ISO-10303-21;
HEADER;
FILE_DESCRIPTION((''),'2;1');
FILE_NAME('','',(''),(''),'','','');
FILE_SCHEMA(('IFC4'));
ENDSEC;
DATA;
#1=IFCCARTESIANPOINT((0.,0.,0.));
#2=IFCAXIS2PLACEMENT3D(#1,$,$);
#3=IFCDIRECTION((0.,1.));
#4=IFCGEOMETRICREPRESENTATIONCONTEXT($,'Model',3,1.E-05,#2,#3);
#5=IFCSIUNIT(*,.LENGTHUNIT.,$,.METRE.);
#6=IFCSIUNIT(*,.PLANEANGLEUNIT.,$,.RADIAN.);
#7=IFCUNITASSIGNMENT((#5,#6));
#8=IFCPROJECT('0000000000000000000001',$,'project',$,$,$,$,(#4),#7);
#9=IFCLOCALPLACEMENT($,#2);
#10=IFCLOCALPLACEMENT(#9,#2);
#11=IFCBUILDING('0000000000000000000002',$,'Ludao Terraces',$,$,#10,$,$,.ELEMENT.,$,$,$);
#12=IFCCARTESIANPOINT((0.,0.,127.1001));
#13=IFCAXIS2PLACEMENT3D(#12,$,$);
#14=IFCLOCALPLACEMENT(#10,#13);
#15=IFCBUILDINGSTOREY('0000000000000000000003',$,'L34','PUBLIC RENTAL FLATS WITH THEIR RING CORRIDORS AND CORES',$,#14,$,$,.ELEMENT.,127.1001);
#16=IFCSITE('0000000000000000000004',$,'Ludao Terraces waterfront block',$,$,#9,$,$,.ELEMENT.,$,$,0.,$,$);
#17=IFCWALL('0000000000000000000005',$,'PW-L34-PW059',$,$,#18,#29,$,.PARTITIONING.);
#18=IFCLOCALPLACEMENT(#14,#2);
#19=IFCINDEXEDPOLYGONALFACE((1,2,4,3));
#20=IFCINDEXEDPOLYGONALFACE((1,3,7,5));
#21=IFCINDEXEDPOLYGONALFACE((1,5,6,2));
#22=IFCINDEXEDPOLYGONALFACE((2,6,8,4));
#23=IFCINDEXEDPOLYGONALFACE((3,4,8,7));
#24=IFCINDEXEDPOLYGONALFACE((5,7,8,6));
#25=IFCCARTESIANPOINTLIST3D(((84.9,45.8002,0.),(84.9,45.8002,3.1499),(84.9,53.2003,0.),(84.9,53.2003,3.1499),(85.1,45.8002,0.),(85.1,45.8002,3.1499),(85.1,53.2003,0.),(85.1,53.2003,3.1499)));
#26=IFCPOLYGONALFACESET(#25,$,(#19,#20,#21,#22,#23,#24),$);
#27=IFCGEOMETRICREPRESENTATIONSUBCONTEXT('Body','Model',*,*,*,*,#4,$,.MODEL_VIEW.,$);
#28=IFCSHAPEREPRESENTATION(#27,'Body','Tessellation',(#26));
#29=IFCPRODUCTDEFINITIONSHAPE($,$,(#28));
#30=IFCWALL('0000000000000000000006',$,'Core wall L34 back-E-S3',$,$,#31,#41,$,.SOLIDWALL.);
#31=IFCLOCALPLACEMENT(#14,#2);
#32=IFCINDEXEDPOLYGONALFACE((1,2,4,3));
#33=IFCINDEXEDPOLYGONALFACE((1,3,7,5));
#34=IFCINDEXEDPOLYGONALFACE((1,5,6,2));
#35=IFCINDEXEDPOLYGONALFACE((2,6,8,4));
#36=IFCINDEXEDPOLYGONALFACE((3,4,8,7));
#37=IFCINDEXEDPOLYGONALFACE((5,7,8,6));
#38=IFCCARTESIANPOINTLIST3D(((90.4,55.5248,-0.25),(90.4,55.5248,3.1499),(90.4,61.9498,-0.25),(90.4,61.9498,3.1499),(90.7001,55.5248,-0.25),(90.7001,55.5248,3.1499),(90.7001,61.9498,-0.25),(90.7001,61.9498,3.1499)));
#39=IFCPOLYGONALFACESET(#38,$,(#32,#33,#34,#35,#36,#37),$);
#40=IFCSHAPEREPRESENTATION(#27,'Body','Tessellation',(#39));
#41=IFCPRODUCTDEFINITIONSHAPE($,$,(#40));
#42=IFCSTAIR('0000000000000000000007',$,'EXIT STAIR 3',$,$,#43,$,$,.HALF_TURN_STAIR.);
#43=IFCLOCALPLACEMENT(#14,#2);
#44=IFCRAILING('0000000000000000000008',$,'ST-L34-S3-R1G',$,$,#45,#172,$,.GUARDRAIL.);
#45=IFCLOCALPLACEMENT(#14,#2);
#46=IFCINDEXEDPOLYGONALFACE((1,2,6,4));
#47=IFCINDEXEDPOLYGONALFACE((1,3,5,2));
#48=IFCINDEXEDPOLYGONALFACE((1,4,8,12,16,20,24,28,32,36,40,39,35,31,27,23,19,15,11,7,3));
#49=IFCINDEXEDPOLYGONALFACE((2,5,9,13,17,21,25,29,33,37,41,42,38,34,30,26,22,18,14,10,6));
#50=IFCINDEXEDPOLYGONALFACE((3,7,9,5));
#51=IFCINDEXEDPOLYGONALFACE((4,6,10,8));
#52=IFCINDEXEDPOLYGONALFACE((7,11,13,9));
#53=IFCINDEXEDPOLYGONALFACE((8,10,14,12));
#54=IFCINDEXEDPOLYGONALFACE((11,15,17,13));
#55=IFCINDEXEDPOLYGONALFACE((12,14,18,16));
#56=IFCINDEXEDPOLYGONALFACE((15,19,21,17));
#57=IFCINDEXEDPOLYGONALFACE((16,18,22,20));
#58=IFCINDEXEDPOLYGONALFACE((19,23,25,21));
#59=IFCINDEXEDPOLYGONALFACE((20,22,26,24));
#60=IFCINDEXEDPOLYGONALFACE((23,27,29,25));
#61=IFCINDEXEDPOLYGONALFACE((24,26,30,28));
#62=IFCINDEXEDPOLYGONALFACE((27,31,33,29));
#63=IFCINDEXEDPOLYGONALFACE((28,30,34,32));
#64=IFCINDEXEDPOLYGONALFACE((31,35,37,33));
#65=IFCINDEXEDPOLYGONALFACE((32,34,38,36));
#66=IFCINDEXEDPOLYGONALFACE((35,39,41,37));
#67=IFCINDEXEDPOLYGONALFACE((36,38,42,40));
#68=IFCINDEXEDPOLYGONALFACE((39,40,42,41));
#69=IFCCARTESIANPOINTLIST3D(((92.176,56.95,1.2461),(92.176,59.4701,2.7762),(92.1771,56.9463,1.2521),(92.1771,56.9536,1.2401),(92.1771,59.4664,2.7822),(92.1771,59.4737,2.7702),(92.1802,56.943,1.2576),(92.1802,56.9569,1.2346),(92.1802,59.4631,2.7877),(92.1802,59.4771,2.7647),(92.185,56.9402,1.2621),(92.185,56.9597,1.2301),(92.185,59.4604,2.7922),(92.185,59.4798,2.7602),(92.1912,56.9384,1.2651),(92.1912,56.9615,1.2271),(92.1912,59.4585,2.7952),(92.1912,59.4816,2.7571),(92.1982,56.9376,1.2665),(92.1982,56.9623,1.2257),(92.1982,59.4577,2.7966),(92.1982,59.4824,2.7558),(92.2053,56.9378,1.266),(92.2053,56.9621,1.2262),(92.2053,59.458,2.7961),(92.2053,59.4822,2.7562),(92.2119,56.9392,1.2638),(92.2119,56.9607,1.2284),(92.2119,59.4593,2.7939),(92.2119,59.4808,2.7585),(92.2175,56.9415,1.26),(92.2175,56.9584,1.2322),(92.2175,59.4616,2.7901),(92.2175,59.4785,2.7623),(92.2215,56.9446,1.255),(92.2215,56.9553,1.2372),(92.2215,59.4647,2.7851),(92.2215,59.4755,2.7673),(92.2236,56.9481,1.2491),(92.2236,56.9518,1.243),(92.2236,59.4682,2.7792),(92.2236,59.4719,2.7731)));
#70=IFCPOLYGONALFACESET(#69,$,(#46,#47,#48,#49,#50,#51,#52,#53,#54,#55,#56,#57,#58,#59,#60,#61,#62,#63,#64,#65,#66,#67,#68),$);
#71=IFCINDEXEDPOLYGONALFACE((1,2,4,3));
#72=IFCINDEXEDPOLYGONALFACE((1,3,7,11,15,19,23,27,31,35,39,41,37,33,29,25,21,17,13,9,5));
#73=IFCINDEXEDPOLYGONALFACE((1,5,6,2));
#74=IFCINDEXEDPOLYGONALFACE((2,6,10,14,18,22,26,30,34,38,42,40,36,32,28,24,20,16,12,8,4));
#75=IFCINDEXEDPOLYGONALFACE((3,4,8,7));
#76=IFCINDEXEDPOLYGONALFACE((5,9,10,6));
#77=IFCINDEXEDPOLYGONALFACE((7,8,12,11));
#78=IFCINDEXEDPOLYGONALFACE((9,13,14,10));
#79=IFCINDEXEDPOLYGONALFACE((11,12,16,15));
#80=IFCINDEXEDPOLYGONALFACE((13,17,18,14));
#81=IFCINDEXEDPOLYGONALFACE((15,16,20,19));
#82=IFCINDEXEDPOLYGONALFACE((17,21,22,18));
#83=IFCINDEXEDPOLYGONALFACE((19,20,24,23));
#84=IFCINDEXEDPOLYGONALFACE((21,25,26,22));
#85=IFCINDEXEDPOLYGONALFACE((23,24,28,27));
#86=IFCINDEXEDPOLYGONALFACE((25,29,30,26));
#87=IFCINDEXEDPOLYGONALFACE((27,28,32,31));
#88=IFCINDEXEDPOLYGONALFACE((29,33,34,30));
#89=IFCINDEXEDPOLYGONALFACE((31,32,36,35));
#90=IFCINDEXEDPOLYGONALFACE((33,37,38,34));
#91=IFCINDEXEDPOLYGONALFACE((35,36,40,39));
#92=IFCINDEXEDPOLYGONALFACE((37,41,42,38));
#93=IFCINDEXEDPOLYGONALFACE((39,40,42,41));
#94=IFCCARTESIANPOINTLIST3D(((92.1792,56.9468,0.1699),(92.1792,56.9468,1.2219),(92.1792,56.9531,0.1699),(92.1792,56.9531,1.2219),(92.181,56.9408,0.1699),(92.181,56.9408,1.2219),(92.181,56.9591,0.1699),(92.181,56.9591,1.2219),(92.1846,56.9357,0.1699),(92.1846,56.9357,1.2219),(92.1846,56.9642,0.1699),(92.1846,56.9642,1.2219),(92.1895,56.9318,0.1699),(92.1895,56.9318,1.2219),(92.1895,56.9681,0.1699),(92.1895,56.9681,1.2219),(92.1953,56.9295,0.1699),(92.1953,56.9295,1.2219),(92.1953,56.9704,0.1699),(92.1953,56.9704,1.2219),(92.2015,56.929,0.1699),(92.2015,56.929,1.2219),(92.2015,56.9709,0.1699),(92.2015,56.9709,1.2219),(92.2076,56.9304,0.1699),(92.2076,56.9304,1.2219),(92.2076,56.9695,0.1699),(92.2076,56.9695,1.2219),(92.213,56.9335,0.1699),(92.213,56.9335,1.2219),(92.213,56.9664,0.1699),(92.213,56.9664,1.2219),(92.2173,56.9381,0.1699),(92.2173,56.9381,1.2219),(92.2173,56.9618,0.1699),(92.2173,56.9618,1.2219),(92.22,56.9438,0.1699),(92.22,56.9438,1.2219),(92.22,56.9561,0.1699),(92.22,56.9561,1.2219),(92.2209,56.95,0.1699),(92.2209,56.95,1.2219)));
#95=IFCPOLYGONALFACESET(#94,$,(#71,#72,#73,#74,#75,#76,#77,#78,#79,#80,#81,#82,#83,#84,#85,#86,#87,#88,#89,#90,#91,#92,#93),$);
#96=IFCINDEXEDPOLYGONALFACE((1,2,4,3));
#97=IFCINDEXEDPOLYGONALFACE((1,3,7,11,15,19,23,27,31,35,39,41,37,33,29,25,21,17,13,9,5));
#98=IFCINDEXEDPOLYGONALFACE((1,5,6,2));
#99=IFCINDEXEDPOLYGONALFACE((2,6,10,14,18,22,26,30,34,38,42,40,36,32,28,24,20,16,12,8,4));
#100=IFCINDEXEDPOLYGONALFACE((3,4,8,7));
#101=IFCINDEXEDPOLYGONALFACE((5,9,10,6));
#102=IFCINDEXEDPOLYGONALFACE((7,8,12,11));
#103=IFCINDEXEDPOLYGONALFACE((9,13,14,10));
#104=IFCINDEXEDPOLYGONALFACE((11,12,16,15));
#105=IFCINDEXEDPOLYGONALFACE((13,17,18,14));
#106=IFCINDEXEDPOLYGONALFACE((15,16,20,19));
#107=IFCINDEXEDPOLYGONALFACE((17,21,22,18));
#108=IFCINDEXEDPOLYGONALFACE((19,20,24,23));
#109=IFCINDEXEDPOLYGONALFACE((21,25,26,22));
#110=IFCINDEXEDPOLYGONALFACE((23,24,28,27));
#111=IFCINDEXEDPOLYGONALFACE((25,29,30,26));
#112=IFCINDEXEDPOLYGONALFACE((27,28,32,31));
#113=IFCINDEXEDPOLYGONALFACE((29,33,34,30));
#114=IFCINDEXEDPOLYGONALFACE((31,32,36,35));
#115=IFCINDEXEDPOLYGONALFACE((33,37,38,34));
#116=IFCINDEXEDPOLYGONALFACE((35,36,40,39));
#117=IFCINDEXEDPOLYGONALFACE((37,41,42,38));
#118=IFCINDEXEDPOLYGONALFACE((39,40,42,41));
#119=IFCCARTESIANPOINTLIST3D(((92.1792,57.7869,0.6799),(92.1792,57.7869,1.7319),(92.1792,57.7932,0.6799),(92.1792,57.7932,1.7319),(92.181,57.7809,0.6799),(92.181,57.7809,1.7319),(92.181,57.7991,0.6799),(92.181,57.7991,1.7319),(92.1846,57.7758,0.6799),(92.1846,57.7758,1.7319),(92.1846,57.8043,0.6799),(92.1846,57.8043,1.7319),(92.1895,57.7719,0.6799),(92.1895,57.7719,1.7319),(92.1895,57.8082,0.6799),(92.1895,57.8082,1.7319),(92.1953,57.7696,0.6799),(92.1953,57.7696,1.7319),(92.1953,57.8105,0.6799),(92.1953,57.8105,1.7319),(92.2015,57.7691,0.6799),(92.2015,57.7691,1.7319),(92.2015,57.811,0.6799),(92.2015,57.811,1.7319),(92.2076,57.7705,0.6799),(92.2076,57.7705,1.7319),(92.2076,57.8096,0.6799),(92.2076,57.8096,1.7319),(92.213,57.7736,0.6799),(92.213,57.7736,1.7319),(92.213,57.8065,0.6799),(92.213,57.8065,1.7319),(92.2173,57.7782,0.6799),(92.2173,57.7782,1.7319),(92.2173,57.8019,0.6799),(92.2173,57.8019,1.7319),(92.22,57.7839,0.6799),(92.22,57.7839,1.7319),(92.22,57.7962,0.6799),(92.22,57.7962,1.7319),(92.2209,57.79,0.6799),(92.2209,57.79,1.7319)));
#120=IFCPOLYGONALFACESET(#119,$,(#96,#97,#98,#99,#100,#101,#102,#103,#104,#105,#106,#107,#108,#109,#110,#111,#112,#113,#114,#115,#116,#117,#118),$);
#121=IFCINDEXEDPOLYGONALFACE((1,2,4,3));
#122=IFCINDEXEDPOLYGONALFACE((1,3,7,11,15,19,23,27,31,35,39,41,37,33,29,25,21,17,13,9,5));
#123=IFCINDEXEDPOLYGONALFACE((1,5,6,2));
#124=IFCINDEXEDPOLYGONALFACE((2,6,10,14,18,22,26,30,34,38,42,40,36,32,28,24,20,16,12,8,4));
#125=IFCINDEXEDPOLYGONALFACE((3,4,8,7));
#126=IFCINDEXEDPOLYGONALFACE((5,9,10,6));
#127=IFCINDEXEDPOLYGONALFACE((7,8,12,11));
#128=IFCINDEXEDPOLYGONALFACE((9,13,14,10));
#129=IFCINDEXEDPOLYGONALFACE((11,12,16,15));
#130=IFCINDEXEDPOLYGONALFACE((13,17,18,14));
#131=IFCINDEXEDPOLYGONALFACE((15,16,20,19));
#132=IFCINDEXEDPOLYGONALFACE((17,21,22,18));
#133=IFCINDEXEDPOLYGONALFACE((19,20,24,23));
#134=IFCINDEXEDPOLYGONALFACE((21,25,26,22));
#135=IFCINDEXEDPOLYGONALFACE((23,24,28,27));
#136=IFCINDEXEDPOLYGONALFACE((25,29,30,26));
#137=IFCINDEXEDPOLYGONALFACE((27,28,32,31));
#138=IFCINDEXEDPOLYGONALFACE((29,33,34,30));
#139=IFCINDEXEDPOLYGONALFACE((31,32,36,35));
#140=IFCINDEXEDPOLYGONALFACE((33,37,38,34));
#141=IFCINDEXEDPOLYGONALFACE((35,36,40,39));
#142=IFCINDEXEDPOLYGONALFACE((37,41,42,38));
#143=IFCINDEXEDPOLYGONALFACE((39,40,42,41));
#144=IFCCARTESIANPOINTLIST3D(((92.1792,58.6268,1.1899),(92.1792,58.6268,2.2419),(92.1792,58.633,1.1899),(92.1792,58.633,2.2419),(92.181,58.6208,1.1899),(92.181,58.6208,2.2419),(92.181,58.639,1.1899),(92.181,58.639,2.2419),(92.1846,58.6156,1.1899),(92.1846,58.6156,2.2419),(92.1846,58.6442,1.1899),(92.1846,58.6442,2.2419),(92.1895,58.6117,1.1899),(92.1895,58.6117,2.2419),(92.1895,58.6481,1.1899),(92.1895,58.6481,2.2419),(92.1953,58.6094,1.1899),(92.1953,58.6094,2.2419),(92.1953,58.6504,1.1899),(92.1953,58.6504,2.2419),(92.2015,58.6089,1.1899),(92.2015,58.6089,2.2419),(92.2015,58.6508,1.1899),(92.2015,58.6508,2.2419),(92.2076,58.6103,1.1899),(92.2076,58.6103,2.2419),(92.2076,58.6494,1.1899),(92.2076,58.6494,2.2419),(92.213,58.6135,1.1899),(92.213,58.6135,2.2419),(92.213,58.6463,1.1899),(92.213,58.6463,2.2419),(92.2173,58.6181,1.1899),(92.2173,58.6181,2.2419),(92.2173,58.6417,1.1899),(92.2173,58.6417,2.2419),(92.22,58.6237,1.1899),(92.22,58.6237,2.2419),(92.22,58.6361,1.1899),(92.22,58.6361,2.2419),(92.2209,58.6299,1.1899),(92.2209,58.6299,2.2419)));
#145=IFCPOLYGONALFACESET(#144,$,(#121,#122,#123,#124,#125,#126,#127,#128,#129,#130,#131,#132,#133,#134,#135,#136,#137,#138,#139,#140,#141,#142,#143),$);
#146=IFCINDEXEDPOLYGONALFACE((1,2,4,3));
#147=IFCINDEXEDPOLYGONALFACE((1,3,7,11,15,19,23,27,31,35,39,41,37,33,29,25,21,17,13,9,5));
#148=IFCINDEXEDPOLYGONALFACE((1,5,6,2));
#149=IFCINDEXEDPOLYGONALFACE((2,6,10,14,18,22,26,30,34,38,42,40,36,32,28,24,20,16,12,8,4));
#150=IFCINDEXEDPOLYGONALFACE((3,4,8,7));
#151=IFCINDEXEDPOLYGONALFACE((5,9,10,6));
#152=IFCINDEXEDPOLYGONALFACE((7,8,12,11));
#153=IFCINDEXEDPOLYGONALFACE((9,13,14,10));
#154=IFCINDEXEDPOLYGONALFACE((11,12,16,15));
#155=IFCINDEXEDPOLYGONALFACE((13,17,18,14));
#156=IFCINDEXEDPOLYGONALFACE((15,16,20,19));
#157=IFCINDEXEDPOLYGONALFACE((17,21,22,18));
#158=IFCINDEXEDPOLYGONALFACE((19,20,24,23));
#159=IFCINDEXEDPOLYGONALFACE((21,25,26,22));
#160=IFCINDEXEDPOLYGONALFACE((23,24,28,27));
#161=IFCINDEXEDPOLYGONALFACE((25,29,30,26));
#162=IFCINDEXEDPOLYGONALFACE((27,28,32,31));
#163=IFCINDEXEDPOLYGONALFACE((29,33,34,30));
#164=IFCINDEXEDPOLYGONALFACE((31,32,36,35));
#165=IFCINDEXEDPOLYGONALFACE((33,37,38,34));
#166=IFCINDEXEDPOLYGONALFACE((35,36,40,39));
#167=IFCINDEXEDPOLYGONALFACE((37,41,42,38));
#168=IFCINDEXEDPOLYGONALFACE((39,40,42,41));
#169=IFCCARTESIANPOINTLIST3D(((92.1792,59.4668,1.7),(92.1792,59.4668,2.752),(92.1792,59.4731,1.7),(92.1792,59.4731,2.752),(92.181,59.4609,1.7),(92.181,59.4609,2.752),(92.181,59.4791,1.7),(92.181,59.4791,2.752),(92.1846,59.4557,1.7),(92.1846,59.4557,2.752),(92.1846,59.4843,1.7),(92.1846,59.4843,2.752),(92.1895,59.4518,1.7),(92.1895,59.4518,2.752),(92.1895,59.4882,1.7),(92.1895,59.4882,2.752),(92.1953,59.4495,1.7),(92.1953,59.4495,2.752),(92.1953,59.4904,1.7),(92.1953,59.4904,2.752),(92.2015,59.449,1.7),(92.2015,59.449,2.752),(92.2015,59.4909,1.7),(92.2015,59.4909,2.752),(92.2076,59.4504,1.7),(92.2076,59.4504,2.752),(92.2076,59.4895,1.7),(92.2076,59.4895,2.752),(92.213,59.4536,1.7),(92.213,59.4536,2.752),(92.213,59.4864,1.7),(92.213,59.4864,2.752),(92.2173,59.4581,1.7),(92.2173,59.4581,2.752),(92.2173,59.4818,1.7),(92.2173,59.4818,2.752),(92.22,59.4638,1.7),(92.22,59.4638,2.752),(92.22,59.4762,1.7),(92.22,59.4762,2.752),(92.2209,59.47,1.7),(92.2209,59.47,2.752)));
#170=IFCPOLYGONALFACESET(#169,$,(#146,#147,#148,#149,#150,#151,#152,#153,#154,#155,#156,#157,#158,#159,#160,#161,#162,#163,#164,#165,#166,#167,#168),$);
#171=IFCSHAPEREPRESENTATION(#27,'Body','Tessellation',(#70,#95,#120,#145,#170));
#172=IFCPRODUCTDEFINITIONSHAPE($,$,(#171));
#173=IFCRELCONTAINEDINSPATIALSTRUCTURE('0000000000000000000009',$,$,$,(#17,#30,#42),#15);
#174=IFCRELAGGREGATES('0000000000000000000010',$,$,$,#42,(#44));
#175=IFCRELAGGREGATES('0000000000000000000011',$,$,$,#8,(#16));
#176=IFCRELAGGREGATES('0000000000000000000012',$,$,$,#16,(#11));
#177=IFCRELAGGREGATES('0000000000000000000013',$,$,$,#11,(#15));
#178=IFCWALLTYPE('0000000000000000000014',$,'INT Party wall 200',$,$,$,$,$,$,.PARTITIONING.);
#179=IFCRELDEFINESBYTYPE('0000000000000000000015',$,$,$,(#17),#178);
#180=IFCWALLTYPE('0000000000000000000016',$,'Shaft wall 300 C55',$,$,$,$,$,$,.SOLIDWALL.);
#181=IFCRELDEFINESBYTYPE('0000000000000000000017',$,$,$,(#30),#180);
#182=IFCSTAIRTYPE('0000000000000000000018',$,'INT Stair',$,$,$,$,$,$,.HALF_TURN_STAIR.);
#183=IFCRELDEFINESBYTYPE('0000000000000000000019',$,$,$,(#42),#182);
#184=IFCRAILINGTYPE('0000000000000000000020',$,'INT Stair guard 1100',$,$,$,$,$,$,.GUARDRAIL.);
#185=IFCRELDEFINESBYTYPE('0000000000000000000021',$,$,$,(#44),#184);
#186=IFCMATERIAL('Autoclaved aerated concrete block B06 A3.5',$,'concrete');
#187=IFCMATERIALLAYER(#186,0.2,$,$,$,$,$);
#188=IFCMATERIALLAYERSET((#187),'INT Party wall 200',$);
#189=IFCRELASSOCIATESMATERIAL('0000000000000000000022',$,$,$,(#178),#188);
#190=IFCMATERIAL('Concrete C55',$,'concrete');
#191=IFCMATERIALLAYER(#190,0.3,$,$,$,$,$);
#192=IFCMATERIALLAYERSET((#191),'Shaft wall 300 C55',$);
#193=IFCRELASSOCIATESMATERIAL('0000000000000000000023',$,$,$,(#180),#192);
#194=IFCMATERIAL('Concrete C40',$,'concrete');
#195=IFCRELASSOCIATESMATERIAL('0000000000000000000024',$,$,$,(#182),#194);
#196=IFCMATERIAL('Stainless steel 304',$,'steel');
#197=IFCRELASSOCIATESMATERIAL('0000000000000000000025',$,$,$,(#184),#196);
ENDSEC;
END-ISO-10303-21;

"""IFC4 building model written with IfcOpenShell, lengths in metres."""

from ifc_helpers import new_model, si_unit, direction, frame, frame_2d, origin, origin_2d, place, context, subcontext, project, spatial, rectangle, circle, extrude, material, layer, layer_set, type_object, element, aggregate, save


model = new_model("IFC4")

# Units and contexts
model_context = context("Model", 3, precision=1e-05, world=origin(), true_north=direction((0.0, 1.0)))
body_context = subcontext(model_context, "Body", "Model", "MODEL_VIEW")
ifc_project = project(units=[si_unit("LENGTHUNIT", "METRE"), si_unit("PLANEANGLEUNIT", "RADIAN")], contexts=[model_context])

# Site, building, storey
site_placement = place(None, origin())
site = spatial("IfcSite", under=ifc_project, at=site_placement, Name="Ludao Terraces waterfront block", CompositionType="ELEMENT", RefElevation=0.0)
building_placement = place(site_placement, origin())
building = spatial("IfcBuilding", under=site, at=building_placement, Name="Ludao Terraces", CompositionType="ELEMENT")
storey_placement = place(building_placement, frame((0.0, 0.0, 127.1001)))
storey = spatial("IfcBuildingStorey", under=building, at=storey_placement, Name="L34", Description="PUBLIC RENTAL FLATS WITH THEIR RING CORRIDORS AND CORES", CompositionType="ELEMENT", Elevation=127.1001)

# Shared definitions
ifc_material_1 = material(Name="Concrete C40", Category="concrete")

# Walls
ifc_material_2 = material(Name="Autoclaved aerated concrete block B06 A3.5", Category="concrete")
ifc_layer_1 = layer(ifc_material_2, 0.2)
ifc_layer_set_1 = layer_set([ifc_layer_1], Name="INT Party wall 200")
wall_type_1 = type_object("IfcWallType", Name="INT Party wall 200", PredefinedType="PARTITIONING", material=ifc_layer_set_1)
wall_1_placement = place(storey_placement, frame((85.0, 45.8, 0.0), z_axis=(0.0, 0.0, 1.0), x_axis=(0.0, 1.0, 0.0)))
element("IfcWall", 1, at=wall_1_placement, inside=storey, type_object=wall_type_1, Name="PW-L34-PW059", PredefinedType="PARTITIONING", context=body_context, shape_type="SweptSolid", body=[
    extrude(rectangle(XDim=7.4001, YDim=0.2, at=frame_2d((3.7002, 0.0))), origin(), (0.0, 0.0, 1.0), 3.1499),
])
ifc_material_3 = material(Name="Concrete C55", Category="concrete")
ifc_layer_2 = layer(ifc_material_3, 0.3)
ifc_layer_set_2 = layer_set([ifc_layer_2], Name="Shaft wall 300 C55")
wall_type_2 = type_object("IfcWallType", Name="Shaft wall 300 C55", PredefinedType="SOLIDWALL", material=ifc_layer_set_2)
wall_2_placement = place(storey_placement, frame((90.55, 55.5249, -0.25), z_axis=(0.0, 0.0, 1.0), x_axis=(0.0, 1.0, 0.0)))
element("IfcWall", 2, at=wall_2_placement, inside=storey, type_object=wall_type_2, Name="Core wall L34 back-E-S3", PredefinedType="SOLIDWALL", context=body_context, shape_type="SweptSolid", body=[
    extrude(rectangle(XDim=6.425, YDim=0.3, at=frame_2d((3.2124, 0.0))), origin(), (0.0, 0.0, 1.0), 3.3999),
])

# Stair, railing
stair_type = type_object("IfcStairType", Name="INT Stair", PredefinedType="HALF_TURN_STAIR", material=ifc_material_1)
stair_placement = place(storey_placement, origin())
stair = element("IfcStair", 3, at=stair_placement, inside=storey, type_object=stair_type, Name="EXIT STAIR 3", PredefinedType="HALF_TURN_STAIR")
ifc_material_4 = material(Name="Stainless steel 304", Category="steel")
railing_type_1 = type_object("IfcRailingType", Name="INT Stair guard 1100", PredefinedType="GUARDRAIL", material=ifc_material_4)
railing_1_placement = place(storey_placement, frame((92.2, 56.95, 0.1699)))
railing_1 = element("IfcRailing", 4, at=railing_1_placement, type_object=railing_type_1, Name="ST-L34-S3-R1G", PredefinedType="GUARDRAIL", context=body_context, shape_type="SweptSolid", body=[
    extrude(circle(Radius=0.0239, at=origin_2d()), frame((0.0, 0.0, 1.0762), z_axis=(0.0, 0.854785, 0.518982), x_axis=(-1.0, 0.0, 0.0)), (0.0, 0.0, 1.0), 2.9482),
    extrude(circle(Radius=0.021, at=origin_2d()), origin(), (0.0, 0.0, 1.0), 1.052),
    extrude(circle(Radius=0.021, at=origin_2d()), frame((0.0, 0.8401, 0.51)), (0.0, 0.0, 1.0), 1.052),
    extrude(circle(Radius=0.021, at=origin_2d()), frame((0.0, 1.6799, 1.02)), (0.0, 0.0, 1.0), 1.052),
    extrude(circle(Radius=0.021, at=origin_2d()), frame((0.0, 2.52, 1.53)), (0.0, 0.0, 1.0), 1.052),
])
aggregate(stair, [railing_1])

save(model, "model.ifc")
